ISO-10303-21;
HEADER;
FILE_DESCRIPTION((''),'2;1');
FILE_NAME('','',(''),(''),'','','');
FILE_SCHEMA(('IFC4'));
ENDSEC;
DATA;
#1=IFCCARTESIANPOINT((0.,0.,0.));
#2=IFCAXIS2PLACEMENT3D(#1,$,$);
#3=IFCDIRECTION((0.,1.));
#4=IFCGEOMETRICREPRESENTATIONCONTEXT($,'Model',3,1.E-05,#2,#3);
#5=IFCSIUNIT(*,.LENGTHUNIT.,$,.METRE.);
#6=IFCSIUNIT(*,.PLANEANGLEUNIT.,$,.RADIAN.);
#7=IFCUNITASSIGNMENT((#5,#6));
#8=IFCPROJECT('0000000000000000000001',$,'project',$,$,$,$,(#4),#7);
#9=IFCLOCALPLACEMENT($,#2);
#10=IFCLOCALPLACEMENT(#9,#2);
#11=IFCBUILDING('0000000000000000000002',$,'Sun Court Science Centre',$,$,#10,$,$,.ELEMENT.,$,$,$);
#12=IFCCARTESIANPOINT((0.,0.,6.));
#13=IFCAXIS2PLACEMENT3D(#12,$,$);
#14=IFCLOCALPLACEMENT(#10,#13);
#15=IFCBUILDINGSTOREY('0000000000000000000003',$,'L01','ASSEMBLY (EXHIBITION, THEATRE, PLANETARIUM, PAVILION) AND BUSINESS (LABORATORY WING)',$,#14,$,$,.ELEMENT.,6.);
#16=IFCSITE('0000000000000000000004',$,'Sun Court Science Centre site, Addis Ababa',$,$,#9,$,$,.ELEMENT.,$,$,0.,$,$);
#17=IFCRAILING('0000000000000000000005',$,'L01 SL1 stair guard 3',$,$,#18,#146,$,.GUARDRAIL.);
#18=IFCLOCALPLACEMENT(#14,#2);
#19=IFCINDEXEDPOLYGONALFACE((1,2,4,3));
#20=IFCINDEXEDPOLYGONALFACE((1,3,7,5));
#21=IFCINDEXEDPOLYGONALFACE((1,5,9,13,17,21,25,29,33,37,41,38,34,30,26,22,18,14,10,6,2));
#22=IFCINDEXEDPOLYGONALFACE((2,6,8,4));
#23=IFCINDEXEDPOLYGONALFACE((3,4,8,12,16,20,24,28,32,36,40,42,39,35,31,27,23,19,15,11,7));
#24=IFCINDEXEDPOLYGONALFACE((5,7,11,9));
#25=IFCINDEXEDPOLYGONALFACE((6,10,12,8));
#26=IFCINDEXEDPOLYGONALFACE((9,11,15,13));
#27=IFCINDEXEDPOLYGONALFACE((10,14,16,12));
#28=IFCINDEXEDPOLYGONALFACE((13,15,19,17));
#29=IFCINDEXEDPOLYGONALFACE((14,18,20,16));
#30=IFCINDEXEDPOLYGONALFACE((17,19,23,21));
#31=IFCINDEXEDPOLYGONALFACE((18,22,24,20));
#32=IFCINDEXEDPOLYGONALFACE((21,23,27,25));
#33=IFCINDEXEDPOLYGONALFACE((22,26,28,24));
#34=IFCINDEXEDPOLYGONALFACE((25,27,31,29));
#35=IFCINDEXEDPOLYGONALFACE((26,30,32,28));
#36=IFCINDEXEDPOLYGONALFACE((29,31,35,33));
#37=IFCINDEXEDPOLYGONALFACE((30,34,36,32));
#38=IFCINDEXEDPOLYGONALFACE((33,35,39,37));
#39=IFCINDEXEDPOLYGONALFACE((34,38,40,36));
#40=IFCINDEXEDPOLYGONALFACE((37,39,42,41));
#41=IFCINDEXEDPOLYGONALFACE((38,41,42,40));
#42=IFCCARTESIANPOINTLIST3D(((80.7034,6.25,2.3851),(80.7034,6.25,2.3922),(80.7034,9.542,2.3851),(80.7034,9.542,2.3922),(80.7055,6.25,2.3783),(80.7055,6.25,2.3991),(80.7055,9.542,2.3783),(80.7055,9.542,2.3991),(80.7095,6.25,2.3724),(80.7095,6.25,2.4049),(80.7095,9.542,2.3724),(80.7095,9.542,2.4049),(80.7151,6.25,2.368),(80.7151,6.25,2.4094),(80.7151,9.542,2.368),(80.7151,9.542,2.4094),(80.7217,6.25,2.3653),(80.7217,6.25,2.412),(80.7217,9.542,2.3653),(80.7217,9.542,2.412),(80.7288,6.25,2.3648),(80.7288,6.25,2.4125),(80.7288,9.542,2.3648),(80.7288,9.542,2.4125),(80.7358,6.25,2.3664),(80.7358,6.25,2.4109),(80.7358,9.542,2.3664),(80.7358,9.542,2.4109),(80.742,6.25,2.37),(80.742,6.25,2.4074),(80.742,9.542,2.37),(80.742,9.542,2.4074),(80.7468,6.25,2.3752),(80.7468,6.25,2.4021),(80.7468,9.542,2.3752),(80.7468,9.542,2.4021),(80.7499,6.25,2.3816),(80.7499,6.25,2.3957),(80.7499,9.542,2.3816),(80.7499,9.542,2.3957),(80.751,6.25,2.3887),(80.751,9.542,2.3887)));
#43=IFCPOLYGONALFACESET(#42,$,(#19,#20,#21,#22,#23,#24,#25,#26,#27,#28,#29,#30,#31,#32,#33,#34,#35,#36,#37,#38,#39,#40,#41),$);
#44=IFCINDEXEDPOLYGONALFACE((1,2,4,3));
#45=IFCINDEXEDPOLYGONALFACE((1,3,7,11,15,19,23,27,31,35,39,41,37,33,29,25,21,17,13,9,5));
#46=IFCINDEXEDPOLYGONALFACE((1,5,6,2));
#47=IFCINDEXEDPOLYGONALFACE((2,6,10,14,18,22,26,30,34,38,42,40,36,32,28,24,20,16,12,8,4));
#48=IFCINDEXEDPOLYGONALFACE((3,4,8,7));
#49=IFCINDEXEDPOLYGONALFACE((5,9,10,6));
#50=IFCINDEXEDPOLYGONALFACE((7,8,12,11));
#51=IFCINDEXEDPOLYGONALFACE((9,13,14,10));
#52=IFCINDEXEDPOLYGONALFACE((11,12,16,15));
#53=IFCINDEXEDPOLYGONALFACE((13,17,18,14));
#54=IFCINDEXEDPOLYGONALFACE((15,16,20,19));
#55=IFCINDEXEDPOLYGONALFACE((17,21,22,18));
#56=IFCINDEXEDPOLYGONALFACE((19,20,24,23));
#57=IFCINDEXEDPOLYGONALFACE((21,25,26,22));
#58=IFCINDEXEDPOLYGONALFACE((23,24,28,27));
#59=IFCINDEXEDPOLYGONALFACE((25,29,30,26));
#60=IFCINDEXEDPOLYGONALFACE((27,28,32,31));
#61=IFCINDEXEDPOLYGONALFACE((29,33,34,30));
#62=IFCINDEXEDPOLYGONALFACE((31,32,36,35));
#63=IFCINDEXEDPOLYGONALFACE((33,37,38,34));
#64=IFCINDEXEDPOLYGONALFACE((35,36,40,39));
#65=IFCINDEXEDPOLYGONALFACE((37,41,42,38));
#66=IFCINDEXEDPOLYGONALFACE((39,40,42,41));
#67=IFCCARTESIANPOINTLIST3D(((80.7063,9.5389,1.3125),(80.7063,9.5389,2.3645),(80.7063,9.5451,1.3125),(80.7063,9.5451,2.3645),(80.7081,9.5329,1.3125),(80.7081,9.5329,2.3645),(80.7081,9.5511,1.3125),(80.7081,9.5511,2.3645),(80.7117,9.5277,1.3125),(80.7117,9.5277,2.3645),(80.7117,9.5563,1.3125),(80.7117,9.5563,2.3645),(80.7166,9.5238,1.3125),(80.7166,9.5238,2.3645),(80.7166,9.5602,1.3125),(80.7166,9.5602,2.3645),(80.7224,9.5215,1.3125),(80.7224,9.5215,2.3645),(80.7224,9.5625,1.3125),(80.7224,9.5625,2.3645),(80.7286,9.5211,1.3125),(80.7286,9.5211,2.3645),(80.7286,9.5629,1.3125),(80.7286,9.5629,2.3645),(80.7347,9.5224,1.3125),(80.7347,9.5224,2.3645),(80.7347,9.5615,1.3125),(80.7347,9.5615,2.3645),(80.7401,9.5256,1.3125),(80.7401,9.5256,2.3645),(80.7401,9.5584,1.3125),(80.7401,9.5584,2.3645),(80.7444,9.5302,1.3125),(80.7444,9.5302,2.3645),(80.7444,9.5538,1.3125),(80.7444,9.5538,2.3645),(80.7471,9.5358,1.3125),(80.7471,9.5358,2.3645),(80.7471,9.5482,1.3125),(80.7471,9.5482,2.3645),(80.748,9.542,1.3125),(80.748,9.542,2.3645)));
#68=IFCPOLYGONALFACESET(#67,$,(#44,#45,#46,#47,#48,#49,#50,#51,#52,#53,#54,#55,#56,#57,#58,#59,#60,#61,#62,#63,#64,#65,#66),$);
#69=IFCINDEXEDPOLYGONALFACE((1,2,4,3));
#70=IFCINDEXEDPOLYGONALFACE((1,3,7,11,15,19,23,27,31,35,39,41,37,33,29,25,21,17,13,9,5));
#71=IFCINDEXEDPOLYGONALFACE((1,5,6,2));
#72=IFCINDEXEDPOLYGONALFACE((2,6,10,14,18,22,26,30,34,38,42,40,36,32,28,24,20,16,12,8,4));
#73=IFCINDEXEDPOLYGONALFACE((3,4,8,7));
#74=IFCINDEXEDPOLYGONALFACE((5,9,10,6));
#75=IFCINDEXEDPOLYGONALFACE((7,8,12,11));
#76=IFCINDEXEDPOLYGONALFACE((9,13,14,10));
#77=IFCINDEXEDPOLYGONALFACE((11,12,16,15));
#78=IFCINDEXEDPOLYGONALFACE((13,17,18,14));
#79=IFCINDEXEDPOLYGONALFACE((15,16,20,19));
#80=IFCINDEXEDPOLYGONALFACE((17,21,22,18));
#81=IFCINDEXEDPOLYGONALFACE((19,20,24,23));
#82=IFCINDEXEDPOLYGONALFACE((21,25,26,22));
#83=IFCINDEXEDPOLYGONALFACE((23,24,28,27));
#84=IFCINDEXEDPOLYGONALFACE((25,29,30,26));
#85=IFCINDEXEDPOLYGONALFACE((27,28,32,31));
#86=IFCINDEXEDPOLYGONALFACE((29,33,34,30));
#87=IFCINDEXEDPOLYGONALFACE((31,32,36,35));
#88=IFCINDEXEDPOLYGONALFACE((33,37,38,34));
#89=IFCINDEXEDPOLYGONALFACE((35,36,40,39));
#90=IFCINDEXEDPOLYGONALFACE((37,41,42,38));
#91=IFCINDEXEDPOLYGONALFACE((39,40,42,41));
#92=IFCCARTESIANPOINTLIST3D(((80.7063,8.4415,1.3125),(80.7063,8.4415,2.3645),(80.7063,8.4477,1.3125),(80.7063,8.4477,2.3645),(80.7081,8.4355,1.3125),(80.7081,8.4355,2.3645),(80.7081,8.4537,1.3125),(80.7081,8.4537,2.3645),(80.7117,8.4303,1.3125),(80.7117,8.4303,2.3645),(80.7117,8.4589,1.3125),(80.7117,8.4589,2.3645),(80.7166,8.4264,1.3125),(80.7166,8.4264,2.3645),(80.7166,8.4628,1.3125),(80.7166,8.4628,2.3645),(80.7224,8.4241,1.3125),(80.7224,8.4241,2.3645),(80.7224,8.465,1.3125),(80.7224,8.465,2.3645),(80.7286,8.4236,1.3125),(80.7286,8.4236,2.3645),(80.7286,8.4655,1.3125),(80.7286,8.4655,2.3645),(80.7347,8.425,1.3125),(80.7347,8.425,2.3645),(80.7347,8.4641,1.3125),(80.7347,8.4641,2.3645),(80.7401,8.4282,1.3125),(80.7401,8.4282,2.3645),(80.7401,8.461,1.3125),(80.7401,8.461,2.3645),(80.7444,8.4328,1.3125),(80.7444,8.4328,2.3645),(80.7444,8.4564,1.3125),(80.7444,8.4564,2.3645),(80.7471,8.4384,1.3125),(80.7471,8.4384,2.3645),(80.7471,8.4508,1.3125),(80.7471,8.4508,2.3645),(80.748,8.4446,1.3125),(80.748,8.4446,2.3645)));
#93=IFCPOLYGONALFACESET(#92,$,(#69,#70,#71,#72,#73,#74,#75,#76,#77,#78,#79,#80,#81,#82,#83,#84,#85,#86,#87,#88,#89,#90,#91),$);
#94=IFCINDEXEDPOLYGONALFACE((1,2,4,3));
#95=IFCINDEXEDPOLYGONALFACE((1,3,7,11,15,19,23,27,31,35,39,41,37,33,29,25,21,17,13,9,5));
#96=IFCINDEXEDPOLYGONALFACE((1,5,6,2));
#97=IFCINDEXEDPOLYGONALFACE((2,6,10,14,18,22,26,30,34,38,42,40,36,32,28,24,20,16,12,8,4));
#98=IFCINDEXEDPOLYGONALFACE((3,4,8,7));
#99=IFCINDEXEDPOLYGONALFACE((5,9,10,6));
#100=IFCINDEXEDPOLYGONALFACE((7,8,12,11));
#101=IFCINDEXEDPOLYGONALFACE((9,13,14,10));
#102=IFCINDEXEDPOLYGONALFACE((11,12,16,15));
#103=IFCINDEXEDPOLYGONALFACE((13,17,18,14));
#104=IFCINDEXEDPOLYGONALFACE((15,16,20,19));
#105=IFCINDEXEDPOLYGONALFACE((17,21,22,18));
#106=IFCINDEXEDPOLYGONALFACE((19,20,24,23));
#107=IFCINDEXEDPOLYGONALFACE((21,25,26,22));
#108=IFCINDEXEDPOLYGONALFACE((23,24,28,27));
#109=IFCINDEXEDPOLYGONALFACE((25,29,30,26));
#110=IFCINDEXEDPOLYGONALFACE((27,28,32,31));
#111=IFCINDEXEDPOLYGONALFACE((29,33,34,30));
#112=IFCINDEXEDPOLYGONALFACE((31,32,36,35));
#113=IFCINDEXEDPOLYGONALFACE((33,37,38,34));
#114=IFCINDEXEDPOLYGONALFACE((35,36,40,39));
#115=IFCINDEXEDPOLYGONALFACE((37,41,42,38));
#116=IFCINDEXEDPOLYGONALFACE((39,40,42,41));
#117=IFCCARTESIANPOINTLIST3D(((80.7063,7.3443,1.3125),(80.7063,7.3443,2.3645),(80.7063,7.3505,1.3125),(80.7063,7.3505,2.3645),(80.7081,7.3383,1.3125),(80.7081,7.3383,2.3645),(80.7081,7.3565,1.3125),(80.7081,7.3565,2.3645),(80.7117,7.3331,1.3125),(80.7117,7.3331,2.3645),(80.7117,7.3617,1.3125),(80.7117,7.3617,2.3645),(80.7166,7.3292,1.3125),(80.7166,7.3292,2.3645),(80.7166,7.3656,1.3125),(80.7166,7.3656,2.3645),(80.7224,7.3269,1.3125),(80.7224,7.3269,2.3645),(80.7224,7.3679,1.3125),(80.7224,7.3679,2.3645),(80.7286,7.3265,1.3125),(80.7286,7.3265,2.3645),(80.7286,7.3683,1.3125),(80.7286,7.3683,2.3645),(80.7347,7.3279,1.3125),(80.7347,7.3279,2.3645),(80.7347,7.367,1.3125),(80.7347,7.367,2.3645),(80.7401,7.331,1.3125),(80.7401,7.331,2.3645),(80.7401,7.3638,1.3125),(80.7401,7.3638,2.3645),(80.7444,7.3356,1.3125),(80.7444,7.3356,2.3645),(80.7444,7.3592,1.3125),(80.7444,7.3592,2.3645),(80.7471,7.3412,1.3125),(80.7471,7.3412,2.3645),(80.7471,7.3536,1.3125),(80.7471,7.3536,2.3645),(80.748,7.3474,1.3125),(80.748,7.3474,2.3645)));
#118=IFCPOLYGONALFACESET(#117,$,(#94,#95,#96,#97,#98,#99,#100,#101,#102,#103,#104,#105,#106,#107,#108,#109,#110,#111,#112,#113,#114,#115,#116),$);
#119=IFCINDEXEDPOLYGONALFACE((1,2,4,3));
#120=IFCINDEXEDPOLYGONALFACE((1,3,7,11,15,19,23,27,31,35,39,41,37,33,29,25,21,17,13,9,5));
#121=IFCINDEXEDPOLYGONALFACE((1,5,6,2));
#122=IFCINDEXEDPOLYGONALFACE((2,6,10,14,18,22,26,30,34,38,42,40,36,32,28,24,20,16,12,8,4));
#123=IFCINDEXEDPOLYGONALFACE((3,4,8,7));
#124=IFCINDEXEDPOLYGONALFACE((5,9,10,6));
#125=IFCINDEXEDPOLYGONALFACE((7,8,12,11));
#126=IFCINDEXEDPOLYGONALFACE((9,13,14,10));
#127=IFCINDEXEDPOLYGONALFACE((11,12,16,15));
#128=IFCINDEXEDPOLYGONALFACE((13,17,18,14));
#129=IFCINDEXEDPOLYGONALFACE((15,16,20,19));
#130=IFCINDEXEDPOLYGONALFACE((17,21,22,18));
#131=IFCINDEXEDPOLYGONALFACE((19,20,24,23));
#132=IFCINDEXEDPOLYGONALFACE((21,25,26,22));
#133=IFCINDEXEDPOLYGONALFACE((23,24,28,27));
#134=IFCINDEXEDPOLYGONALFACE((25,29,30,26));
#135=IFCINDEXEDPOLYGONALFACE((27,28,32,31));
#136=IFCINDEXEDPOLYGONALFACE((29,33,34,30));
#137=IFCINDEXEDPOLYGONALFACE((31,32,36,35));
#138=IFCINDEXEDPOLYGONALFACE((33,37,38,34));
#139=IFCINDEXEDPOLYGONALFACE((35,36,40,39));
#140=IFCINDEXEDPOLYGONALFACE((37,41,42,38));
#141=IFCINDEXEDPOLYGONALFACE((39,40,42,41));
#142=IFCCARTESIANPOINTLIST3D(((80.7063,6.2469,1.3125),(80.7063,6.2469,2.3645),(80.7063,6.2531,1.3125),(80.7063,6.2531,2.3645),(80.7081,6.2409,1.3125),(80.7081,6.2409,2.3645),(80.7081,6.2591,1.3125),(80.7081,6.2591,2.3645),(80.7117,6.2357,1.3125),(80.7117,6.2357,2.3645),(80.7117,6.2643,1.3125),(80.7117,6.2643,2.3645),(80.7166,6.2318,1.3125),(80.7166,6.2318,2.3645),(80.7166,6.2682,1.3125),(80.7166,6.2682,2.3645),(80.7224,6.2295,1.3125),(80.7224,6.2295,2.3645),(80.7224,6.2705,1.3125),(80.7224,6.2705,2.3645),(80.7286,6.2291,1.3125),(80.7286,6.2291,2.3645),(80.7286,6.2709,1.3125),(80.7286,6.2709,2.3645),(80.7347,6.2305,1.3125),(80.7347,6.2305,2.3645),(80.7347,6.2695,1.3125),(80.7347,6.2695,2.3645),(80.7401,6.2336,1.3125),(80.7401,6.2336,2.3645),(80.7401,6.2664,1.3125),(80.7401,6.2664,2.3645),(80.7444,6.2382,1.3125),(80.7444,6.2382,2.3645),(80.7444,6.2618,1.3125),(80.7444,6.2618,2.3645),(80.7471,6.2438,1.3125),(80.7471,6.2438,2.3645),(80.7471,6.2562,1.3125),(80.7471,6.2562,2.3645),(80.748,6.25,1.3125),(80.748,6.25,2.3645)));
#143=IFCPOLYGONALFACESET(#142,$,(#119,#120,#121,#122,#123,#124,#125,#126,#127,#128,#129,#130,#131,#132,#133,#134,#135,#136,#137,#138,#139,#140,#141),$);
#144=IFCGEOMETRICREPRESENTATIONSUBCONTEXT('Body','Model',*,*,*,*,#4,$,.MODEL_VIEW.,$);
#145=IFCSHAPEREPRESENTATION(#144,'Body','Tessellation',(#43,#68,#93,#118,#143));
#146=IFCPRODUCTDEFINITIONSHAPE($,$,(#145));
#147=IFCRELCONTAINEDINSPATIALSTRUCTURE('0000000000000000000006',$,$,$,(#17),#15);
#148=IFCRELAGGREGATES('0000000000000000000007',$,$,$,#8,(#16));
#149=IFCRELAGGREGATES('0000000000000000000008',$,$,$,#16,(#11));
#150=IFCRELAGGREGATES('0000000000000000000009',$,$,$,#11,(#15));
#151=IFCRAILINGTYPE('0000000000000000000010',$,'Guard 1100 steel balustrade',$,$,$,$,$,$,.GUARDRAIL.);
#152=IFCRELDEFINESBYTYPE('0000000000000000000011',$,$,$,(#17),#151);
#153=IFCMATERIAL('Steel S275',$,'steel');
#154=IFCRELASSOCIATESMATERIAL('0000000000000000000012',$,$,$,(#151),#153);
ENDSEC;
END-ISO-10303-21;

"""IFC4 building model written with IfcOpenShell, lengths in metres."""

from ifc_helpers import new_model, si_unit, direction, frame, origin, origin_2d, place, context, subcontext, project, spatial, circle, extrude, material, type_object, element, save


model = new_model("IFC4")

# Units and contexts
model_context = context("Model", 3, precision=1e-05, world=origin(), true_north=direction((0.0, 1.0)))
body_context = subcontext(model_context, "Body", "Model", "MODEL_VIEW")
ifc_project = project(units=[si_unit("LENGTHUNIT", "METRE"), si_unit("PLANEANGLEUNIT", "RADIAN")], contexts=[model_context])

# Site, building, storey
site_placement = place(None, origin())
site = spatial("IfcSite", under=ifc_project, at=site_placement, Name="Sun Court Science Centre site, Addis Ababa", CompositionType="ELEMENT", RefElevation=0.0)
building_placement = place(site_placement, origin())
building = spatial("IfcBuilding", under=site, at=building_placement, Name="Sun Court Science Centre", CompositionType="ELEMENT")
storey_placement = place(building_placement, frame((0.0, 0.0, 6.0)))
storey = spatial("IfcBuildingStorey", under=building, at=storey_placement, Name="L01", Description="ASSEMBLY (EXHIBITION, THEATRE, PLANETARIUM, PAVILION) AND BUSINESS (LABORATORY WING)", CompositionType="ELEMENT", Elevation=6.0)

# Railing
ifc_material_1 = material(Name="Steel S275", Category="steel")
railing_type = type_object("IfcRailingType", Name="Guard 1100 steel balustrade", PredefinedType="GUARDRAIL", material=ifc_material_1)
railing_1_placement = place(storey_placement, frame((80.7271, 9.542, 1.3125)))
element("IfcRailing", 1, at=railing_1_placement, inside=storey, type_object=railing_type, Name="L01 SL1 stair guard 3", PredefinedType="GUARDRAIL", context=body_context, shape_type="SweptSolid", body=[
    extrude(circle(Radius=0.0239, at=origin_2d()), frame((0.0, 0.0, 1.0762), z_axis=(0.0, -1.0, 0.0), x_axis=(1.0, 0.0, 0.0)), (0.0, 0.0, 1.0), 3.292),
    extrude(circle(Radius=0.021, at=origin_2d()), origin(), (0.0, 0.0, 1.0), 1.052),
    extrude(circle(Radius=0.021, at=origin_2d()), frame((0.0, -1.0974, 0.0)), (0.0, 0.0, 1.0), 1.052),
    extrude(circle(Radius=0.021, at=origin_2d()), frame((0.0, -2.1946, 0.0)), (0.0, 0.0, 1.0), 1.052),
    extrude(circle(Radius=0.021, at=origin_2d()), frame((0.0, -3.292, 0.0)), (0.0, 0.0, 1.0), 1.052),
])

save(model, "model.ifc")
